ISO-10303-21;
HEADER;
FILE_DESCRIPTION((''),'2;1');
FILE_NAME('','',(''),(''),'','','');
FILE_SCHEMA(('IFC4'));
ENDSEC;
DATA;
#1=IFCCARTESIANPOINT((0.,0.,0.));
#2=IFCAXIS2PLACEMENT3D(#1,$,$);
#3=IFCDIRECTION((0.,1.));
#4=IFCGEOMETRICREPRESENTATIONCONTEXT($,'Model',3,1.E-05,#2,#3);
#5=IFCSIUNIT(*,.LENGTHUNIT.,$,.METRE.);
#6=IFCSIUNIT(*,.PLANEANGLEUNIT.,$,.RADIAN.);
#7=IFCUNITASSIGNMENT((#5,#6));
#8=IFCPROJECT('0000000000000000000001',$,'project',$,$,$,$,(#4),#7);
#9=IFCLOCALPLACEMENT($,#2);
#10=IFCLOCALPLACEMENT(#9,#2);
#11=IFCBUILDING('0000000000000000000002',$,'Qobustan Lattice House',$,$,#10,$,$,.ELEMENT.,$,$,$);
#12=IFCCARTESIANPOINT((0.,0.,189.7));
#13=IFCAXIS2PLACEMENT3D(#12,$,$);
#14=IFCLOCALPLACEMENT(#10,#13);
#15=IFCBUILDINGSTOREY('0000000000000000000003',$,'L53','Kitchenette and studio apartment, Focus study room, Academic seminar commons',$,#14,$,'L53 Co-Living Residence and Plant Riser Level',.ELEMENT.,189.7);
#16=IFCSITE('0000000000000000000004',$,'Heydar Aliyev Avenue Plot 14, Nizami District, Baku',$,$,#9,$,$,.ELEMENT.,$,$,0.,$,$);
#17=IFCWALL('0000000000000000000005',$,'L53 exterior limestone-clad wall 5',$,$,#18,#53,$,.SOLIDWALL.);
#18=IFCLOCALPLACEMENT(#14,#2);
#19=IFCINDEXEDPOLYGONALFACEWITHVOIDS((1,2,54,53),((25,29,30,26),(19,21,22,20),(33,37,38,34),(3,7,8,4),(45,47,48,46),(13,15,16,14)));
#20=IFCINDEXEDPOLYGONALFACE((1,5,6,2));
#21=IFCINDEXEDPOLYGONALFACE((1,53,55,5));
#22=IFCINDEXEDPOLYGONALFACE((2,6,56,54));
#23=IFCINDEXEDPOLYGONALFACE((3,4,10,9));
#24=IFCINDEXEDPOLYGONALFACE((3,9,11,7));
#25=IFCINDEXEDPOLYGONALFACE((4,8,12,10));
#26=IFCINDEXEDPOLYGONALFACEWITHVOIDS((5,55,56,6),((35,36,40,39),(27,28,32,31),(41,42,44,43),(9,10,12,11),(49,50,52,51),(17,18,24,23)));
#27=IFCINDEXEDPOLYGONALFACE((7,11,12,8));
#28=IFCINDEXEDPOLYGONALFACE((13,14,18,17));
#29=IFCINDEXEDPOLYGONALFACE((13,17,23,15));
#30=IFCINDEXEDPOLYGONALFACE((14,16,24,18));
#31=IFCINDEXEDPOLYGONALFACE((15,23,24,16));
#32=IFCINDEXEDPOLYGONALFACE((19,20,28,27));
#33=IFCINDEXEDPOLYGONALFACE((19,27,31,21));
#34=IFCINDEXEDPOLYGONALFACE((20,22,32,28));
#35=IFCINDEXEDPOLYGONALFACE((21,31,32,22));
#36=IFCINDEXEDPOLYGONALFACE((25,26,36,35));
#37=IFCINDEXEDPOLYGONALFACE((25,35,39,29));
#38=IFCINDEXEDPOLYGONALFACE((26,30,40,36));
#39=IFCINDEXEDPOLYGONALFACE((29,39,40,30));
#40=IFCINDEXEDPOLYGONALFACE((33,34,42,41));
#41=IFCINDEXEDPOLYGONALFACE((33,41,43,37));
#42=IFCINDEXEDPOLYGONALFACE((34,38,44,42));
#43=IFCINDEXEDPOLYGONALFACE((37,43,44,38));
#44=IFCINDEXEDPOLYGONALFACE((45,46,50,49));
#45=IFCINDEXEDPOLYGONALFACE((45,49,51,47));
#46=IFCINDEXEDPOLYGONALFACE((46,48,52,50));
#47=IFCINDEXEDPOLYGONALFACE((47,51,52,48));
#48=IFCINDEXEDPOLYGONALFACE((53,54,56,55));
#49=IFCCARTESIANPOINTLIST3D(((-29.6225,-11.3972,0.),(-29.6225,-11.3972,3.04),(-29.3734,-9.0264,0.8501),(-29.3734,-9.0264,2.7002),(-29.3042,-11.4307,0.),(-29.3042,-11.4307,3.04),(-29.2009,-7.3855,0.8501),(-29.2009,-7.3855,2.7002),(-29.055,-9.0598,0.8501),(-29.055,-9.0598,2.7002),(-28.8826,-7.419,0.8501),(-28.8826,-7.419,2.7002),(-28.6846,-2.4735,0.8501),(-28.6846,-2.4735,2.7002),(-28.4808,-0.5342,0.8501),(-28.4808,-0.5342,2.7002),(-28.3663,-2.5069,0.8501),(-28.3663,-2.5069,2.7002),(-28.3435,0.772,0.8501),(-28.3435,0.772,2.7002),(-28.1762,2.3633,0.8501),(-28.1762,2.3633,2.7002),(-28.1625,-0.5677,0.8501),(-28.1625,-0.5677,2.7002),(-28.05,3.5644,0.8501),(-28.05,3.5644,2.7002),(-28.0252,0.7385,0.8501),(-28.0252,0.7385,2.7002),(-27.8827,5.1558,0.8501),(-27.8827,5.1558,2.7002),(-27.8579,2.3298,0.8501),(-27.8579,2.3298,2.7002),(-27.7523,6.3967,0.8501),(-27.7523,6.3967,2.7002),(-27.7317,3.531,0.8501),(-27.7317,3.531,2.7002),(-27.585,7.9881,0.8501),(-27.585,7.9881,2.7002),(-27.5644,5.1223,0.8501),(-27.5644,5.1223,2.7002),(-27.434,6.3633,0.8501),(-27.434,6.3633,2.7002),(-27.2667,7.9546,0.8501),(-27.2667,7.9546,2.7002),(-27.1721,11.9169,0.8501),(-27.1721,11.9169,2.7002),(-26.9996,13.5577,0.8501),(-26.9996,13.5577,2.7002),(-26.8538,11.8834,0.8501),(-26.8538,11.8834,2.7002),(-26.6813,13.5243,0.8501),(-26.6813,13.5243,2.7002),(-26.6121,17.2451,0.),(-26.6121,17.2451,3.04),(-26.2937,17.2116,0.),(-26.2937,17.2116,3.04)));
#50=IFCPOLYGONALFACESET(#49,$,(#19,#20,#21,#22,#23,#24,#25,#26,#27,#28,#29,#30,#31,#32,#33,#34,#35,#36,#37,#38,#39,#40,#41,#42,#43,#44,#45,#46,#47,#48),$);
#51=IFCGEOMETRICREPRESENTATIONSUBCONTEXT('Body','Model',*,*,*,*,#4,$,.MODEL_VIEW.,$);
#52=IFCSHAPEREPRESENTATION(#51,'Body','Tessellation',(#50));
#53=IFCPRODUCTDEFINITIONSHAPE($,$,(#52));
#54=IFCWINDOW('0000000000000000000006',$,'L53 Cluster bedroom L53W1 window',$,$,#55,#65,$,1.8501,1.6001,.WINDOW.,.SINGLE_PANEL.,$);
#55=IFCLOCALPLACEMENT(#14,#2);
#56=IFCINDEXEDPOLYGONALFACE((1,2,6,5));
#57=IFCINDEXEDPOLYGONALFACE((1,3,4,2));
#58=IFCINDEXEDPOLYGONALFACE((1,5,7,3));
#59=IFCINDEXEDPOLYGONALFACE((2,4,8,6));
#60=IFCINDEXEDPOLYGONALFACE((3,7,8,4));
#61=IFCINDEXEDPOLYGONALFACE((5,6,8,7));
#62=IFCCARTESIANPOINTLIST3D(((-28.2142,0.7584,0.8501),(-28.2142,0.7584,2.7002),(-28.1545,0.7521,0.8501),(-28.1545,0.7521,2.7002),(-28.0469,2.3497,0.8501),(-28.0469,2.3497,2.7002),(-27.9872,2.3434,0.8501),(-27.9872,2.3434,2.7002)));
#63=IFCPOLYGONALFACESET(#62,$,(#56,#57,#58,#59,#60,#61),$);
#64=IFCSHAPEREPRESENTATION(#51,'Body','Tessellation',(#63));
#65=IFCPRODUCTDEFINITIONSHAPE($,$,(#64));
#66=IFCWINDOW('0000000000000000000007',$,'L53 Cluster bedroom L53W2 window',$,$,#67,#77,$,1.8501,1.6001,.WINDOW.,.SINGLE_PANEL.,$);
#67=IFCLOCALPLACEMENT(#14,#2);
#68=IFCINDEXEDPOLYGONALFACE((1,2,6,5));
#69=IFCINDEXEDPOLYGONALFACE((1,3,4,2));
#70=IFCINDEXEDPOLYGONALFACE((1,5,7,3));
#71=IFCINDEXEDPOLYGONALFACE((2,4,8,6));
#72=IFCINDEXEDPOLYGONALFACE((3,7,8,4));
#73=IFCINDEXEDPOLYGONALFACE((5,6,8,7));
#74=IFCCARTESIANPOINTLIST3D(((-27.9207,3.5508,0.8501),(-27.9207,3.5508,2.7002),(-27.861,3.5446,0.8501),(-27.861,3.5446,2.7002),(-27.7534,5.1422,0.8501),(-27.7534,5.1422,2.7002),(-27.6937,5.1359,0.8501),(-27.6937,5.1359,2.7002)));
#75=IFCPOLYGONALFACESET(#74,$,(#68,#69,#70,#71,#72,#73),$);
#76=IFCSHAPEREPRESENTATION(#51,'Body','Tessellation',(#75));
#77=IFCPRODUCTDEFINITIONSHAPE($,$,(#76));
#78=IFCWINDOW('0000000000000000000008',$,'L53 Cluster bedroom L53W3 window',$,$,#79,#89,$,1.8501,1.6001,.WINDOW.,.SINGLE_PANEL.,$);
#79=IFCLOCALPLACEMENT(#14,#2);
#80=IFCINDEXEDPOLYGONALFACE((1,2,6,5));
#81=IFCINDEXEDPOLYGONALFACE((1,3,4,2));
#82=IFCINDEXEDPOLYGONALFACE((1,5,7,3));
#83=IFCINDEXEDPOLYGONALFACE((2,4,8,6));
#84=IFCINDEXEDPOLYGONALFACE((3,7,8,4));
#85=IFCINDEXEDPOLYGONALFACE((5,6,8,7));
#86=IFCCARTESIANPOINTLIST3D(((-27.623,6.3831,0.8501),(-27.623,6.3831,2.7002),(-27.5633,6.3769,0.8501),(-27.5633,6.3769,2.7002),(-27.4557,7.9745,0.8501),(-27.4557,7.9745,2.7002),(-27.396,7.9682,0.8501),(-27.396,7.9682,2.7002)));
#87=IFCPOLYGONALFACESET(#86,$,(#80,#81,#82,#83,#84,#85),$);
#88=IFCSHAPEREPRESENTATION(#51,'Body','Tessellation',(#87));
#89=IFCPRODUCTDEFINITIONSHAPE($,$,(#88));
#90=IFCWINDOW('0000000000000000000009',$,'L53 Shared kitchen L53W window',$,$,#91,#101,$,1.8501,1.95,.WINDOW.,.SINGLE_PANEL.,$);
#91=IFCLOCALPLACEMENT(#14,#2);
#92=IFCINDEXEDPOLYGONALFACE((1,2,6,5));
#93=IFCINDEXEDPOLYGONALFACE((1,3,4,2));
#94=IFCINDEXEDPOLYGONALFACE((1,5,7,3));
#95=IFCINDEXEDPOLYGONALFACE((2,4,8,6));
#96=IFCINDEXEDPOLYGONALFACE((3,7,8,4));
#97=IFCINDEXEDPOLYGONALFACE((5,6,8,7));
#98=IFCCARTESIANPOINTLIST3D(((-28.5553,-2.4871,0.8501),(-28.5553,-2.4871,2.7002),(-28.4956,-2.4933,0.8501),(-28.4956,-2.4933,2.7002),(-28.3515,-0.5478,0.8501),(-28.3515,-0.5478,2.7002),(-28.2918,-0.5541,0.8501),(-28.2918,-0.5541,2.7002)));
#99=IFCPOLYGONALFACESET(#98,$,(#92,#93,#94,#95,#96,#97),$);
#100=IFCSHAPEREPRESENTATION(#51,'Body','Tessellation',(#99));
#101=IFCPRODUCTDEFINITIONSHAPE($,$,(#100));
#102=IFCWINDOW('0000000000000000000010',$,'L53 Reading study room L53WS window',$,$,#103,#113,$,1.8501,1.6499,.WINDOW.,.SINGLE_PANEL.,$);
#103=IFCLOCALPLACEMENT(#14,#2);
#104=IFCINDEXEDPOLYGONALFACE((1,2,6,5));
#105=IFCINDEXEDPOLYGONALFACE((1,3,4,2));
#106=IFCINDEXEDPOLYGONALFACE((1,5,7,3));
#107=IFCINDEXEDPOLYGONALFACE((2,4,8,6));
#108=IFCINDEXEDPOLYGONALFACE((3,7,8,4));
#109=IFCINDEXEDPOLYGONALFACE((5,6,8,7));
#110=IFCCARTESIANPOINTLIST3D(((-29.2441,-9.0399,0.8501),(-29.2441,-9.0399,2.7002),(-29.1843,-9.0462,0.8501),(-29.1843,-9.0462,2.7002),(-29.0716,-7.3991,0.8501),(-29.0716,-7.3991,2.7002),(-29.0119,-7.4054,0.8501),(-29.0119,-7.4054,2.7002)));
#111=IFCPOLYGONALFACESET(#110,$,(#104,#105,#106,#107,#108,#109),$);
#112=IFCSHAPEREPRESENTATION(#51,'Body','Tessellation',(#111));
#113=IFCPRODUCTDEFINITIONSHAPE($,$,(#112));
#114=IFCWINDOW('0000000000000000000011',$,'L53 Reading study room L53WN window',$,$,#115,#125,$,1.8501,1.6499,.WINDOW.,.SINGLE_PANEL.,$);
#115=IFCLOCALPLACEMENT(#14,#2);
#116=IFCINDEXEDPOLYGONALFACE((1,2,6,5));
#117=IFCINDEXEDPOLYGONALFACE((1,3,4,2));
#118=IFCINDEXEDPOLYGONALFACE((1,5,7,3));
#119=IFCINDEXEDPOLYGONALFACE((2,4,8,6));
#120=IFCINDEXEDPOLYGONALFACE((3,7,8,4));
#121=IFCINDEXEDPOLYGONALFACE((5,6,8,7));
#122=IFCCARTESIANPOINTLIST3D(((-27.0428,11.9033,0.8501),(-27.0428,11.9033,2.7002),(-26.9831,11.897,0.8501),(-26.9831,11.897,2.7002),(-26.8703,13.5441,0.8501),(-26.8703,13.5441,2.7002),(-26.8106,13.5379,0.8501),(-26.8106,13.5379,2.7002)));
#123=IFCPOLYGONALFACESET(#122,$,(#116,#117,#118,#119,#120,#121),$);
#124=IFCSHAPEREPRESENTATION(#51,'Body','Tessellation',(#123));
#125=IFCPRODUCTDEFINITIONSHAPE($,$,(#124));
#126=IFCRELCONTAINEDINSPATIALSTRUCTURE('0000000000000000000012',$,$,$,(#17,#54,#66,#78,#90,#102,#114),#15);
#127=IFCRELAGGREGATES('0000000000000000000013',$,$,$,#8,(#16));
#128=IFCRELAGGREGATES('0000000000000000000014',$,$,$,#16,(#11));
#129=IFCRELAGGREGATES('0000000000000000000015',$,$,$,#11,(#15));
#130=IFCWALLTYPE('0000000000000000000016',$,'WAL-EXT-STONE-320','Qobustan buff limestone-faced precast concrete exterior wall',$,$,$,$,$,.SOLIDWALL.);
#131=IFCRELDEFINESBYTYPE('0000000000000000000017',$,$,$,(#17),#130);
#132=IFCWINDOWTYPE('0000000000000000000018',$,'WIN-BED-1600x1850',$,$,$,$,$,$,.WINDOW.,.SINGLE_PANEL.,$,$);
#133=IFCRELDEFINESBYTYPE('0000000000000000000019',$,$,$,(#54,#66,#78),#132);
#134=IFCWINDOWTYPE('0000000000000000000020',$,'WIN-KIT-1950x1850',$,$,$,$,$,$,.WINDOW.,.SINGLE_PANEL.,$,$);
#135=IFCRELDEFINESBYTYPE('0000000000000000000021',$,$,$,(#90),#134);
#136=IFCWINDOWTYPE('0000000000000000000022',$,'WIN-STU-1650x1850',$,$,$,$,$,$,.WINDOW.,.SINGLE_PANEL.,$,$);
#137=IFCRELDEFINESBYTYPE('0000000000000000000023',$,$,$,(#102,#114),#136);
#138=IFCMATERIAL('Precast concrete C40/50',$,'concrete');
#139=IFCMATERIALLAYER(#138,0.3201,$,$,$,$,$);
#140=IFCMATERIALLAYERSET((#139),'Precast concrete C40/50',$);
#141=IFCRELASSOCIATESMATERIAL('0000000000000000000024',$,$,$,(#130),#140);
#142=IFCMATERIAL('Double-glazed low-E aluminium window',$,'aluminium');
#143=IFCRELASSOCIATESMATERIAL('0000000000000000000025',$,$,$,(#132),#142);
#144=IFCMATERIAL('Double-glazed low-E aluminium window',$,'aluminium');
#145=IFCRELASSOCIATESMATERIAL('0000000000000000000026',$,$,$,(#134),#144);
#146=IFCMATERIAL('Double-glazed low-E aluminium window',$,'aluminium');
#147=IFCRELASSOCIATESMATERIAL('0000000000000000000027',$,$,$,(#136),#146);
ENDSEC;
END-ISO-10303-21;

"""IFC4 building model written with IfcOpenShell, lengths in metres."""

from ifc_helpers import new_model, si_unit, direction, frame, frame_2d, origin, place, context, subcontext, project, spatial, rectangle, extrude, material, layer, layer_set, type_object, element, fill, save


model = new_model("IFC4")

# Units and contexts
model_context = context("Model", 3, precision=1e-05, world=origin(), true_north=direction((0.0, 1.0)))
body_context = subcontext(model_context, "Body", "Model", "MODEL_VIEW")
ifc_project = project(units=[si_unit("LENGTHUNIT", "METRE"), si_unit("PLANEANGLEUNIT", "RADIAN")], contexts=[model_context])

# Site, building, storey
site_placement = place(None, origin())
site = spatial("IfcSite", under=ifc_project, at=site_placement, Name="Heydar Aliyev Avenue Plot 14, Nizami District, Baku", CompositionType="ELEMENT", RefElevation=0.0)
building_placement = place(site_placement, origin())
building = spatial("IfcBuilding", under=site, at=building_placement, Name="Qobustan Lattice House", CompositionType="ELEMENT")
storey_placement = place(building_placement, frame((0.0, 0.0, 189.7)))
storey = spatial("IfcBuildingStorey", under=building, at=storey_placement, Name="L53", Description="Kitchenette and studio apartment, Focus study room, Academic seminar commons", LongName="L53 Co-Living Residence and Plant Riser Level", CompositionType="ELEMENT", Elevation=189.7)

# Shared definitions
ifc_material_1 = material(Name="Precast concrete C40/50", Category="concrete")
ifc_layer_1 = layer(ifc_material_1, 0.3201)
ifc_layer_set_1 = layer_set([ifc_layer_1], Name="Precast concrete C40/50")
wall_type = type_object("IfcWallType", Name="WAL-EXT-STONE-320", Description="Qobustan buff limestone-faced precast concrete exterior wall", PredefinedType="SOLIDWALL", material=ifc_layer_set_1)

# Wall, openings, windows
wall_1_placement = place(storey_placement, frame((-29.4634, -11.4138, 0.0), z_axis=(0.0, 0.0, 1.0), x_axis=(0.104531, 0.994522, 0.0)))
wall_1 = element("IfcWall", 1, at=wall_1_placement, inside=storey, type_object=wall_type, Name="L53 exterior limestone-clad wall 5", PredefinedType="SOLIDWALL", context=body_context, shape_type="SweptSolid", body=[
    extrude(rectangle(XDim=28.8, YDim=0.3201, at=frame_2d((14.3999, 0.0))), origin(), (0.0, 0.0, 1.0), 3.04),
])
opening_1_placement = place(wall_1_placement, frame((2.3838, 0.0, 0.8501)))
opening_1 = element("IfcOpeningElement", 2, at=opening_1_placement, cuts=wall_1, PredefinedType="OPENING", context=body_context, shape_type="SweptSolid", body=[
    extrude(rectangle(XDim=1.6499, YDim=1.8501, at=frame_2d((0.825, 0.925))), frame((0.0, 0.1699, 0.0), z_axis=(0.0, -1.0, 0.0), x_axis=(1.0, 0.0, 0.0)), (0.0, 0.0, 1.0), 0.3401),
])
opening_2_placement = place(wall_1_placement, frame((8.9727, 0.0, 0.8501)))
opening_2 = element("IfcOpeningElement", 3, at=opening_2_placement, cuts=wall_1, PredefinedType="OPENING", context=body_context, shape_type="SweptSolid", body=[
    extrude(rectangle(XDim=1.95, YDim=1.8501, at=frame_2d((0.9751, 0.925))), frame((0.0, 0.1699, 0.0), z_axis=(0.0, -1.0, 0.0), x_axis=(1.0, 0.0, 0.0)), (0.0, 0.0, 1.0), 0.3401),
])
opening_3_placement = place(wall_1_placement, frame((12.2361, 0.0, 0.8501)))
opening_3 = element("IfcOpeningElement", 4, at=opening_3_placement, cuts=wall_1, PredefinedType="OPENING", context=body_context, shape_type="SweptSolid", body=[
    extrude(rectangle(XDim=1.6001, YDim=1.8501, at=frame_2d((0.8, 0.925))), frame((0.0, 0.1699, 0.0), z_axis=(0.0, -1.0, 0.0), x_axis=(1.0, 0.0, 0.0)), (0.0, 0.0, 1.0), 0.3401),
])
opening_4_placement = place(wall_1_placement, frame((15.0439, 0.0, 0.8501)))
opening_4 = element("IfcOpeningElement", 5, at=opening_4_placement, cuts=wall_1, PredefinedType="OPENING", context=body_context, shape_type="SweptSolid", body=[
    extrude(rectangle(XDim=1.6001, YDim=1.8501, at=frame_2d((0.8, 0.925))), frame((0.0, 0.1699, 0.0), z_axis=(0.0, -1.0, 0.0), x_axis=(1.0, 0.0, 0.0)), (0.0, 0.0, 1.0), 0.3401),
])
opening_5_placement = place(wall_1_placement, frame((17.8918, 0.0, 0.8501)))
opening_5 = element("IfcOpeningElement", 6, at=opening_5_placement, cuts=wall_1, PredefinedType="OPENING", context=body_context, shape_type="SweptSolid", body=[
    extrude(rectangle(XDim=1.6001, YDim=1.8501, at=frame_2d((0.8, 0.925))), frame((0.0, 0.1699, 0.0), z_axis=(0.0, -1.0, 0.0), x_axis=(1.0, 0.0, 0.0)), (0.0, 0.0, 1.0), 0.3401),
])
opening_6_placement = place(wall_1_placement, frame((23.4424, 0.0, 0.8501)))
opening_6 = element("IfcOpeningElement", 7, at=opening_6_placement, cuts=wall_1, PredefinedType="OPENING", context=body_context, shape_type="SweptSolid", body=[
    extrude(rectangle(XDim=1.6499, YDim=1.8501, at=frame_2d((0.825, 0.925))), frame((0.0, 0.1699, 0.0), z_axis=(0.0, -1.0, 0.0), x_axis=(1.0, 0.0, 0.0)), (0.0, 0.0, 1.0), 0.3401),
])
ifc_material_2 = material(Name="Double-glazed low-E aluminium window", Category="aluminium")
window_type_1 = type_object("IfcWindowType", Name="WIN-BED-1600x1850", PartitioningType="SINGLE_PANEL", PredefinedType="WINDOW", material=ifc_material_2)
window_1_placement = place(opening_3_placement, origin())
window_1 = element("IfcWindow", 8, at=window_1_placement, inside=storey, type_object=window_type_1, Name="L53 Cluster bedroom L53W1 window", OverallHeight=1.8501, OverallWidth=1.6001, PartitioningType="SINGLE_PANEL", PredefinedType="WINDOW", context=body_context, shape_type="SweptSolid", body=[
    extrude(rectangle(XDim=1.6001, YDim=1.8501, at=frame_2d((0.8, 0.925))), frame((0.0, 0.03, 0.0), z_axis=(0.0, -1.0, 0.0), x_axis=(1.0, 0.0, 0.0)), (0.0, 0.0, 1.0), 0.0601),
])
fill(opening_3, window_1)
window_2_placement = place(opening_4_placement, origin())
window_2 = element("IfcWindow", 9, at=window_2_placement, inside=storey, type_object=window_type_1, Name="L53 Cluster bedroom L53W2 window", OverallHeight=1.8501, OverallWidth=1.6001, PartitioningType="SINGLE_PANEL", PredefinedType="WINDOW", context=body_context, shape_type="SweptSolid", body=[
    extrude(rectangle(XDim=1.6001, YDim=1.8501, at=frame_2d((0.8, 0.925))), frame((0.0, 0.03, 0.0), z_axis=(0.0, -1.0, 0.0), x_axis=(1.0, 0.0, 0.0)), (0.0, 0.0, 1.0), 0.0601),
])
fill(opening_4, window_2)
window_3_placement = place(opening_5_placement, origin())
window_3 = element("IfcWindow", 10, at=window_3_placement, inside=storey, type_object=window_type_1, Name="L53 Cluster bedroom L53W3 window", OverallHeight=1.8501, OverallWidth=1.6001, PartitioningType="SINGLE_PANEL", PredefinedType="WINDOW", context=body_context, shape_type="SweptSolid", body=[
    extrude(rectangle(XDim=1.6001, YDim=1.8501, at=frame_2d((0.8, 0.925))), frame((0.0, 0.03, 0.0), z_axis=(0.0, -1.0, 0.0), x_axis=(1.0, 0.0, 0.0)), (0.0, 0.0, 1.0), 0.0601),
])
fill(opening_5, window_3)
ifc_material_3 = material(Name="Double-glazed low-E aluminium window", Category="aluminium")
window_type_2 = type_object("IfcWindowType", Name="WIN-KIT-1950x1850", PartitioningType="SINGLE_PANEL", PredefinedType="WINDOW", material=ifc_material_3)
window_4_placement = place(opening_2_placement, origin())
window_4 = element("IfcWindow", 11, at=window_4_placement, inside=storey, type_object=window_type_2, Name="L53 Shared kitchen L53W window", OverallHeight=1.8501, OverallWidth=1.95, PartitioningType="SINGLE_PANEL", PredefinedType="WINDOW", context=body_context, shape_type="SweptSolid", body=[
    extrude(rectangle(XDim=1.95, YDim=1.8501, at=frame_2d((0.9751, 0.925))), frame((0.0, 0.03, 0.0), z_axis=(0.0, -1.0, 0.0), x_axis=(1.0, 0.0, 0.0)), (0.0, 0.0, 1.0), 0.0601),
])
fill(opening_2, window_4)
ifc_material_4 = material(Name="Double-glazed low-E aluminium window", Category="aluminium")
window_type_3 = type_object("IfcWindowType", Name="WIN-STU-1650x1850", PartitioningType="SINGLE_PANEL", PredefinedType="WINDOW", material=ifc_material_4)
window_5_placement = place(opening_1_placement, origin())
window_5 = element("IfcWindow", 12, at=window_5_placement, inside=storey, type_object=window_type_3, Name="L53 Reading study room L53WS window", OverallHeight=1.8501, OverallWidth=1.6499, PartitioningType="SINGLE_PANEL", PredefinedType="WINDOW", context=body_context, shape_type="SweptSolid", body=[
    extrude(rectangle(XDim=1.6499, YDim=1.8501, at=frame_2d((0.825, 0.925))), frame((0.0, 0.03, 0.0), z_axis=(0.0, -1.0, 0.0), x_axis=(1.0, 0.0, 0.0)), (0.0, 0.0, 1.0), 0.0601),
])
fill(opening_1, window_5)
window_6_placement = place(opening_6_placement, origin())
window_6 = element("IfcWindow", 13, at=window_6_placement, inside=storey, type_object=window_type_3, Name="L53 Reading study room L53WN window", OverallHeight=1.8501, OverallWidth=1.6499, PartitioningType="SINGLE_PANEL", PredefinedType="WINDOW", context=body_context, shape_type="SweptSolid", body=[
    extrude(rectangle(XDim=1.6499, YDim=1.8501, at=frame_2d((0.825, 0.925))), frame((0.0, 0.03, 0.0), z_axis=(0.0, -1.0, 0.0), x_axis=(1.0, 0.0, 0.0)), (0.0, 0.0, 1.0), 0.0601),
])
fill(opening_6, window_6)

save(model, "model.ifc")
